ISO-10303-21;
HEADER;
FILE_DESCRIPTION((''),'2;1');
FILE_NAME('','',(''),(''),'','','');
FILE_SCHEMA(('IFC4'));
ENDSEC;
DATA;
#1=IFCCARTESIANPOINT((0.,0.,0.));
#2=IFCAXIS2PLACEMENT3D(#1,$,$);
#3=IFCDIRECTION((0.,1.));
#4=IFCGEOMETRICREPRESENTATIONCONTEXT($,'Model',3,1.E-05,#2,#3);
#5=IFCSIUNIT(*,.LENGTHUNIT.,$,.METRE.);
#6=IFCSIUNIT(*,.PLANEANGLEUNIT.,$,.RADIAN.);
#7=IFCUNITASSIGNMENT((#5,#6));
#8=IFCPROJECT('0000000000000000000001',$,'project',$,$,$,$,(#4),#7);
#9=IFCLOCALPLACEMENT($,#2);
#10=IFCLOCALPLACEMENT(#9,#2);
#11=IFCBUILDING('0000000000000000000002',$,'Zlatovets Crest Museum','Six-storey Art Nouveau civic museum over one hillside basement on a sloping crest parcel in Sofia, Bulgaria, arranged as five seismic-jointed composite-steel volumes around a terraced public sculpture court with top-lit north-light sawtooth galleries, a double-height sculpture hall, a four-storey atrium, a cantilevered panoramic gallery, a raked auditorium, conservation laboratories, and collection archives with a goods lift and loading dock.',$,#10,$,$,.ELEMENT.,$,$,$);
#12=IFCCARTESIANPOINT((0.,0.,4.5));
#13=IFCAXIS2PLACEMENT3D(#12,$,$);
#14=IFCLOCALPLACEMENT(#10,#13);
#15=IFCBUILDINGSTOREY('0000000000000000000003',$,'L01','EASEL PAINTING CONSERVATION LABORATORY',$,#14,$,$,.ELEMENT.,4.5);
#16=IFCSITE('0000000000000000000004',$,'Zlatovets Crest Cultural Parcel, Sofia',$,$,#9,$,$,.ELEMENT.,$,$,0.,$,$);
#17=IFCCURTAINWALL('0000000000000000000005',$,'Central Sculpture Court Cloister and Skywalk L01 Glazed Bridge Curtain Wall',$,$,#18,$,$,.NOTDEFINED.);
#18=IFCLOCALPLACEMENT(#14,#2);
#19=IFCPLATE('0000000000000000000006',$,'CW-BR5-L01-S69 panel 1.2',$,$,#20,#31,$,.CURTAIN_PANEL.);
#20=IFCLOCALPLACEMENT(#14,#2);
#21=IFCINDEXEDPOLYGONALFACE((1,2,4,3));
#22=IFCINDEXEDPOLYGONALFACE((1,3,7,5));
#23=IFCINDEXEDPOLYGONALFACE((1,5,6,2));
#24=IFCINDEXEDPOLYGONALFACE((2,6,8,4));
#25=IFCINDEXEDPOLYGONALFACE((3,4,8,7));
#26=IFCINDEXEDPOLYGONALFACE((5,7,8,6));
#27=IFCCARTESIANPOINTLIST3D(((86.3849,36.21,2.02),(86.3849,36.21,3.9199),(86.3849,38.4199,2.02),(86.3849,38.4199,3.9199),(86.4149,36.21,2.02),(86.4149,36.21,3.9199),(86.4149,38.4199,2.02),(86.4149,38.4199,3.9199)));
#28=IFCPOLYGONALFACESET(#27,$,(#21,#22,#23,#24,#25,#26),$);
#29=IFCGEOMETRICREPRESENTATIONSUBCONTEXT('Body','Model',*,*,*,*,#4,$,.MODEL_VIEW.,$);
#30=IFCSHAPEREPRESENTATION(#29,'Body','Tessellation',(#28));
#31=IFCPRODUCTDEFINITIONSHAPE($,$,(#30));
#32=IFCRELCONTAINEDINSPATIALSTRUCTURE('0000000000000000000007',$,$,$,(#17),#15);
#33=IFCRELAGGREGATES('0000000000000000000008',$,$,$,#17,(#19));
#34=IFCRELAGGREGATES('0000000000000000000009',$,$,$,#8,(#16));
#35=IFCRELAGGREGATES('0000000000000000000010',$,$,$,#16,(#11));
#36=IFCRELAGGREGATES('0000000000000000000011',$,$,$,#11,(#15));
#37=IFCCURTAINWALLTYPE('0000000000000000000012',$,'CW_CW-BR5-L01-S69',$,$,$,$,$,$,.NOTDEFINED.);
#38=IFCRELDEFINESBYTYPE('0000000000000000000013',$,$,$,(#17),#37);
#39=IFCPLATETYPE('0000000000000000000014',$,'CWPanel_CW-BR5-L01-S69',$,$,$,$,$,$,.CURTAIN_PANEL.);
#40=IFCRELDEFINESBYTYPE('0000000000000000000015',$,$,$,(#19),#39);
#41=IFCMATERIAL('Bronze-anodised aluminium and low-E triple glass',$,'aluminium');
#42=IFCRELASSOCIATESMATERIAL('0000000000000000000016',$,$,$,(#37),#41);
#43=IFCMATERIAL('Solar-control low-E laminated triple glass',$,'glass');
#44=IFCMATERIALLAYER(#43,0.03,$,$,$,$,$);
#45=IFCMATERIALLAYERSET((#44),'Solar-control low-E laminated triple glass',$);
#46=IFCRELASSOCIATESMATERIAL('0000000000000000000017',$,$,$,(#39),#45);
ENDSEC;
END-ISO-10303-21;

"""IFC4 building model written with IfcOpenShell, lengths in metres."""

from ifc_helpers import new_model, si_unit, direction, frame, origin, origin_2d, place, context, subcontext, project, spatial, rectangle, extrude, material, layer, layer_set, type_object, element, aggregate, save


model = new_model("IFC4")

# Units and contexts
model_context = context("Model", 3, precision=1e-05, world=origin(), true_north=direction((0.0, 1.0)))
body_context = subcontext(model_context, "Body", "Model", "MODEL_VIEW")
ifc_project = project(units=[si_unit("LENGTHUNIT", "METRE"), si_unit("PLANEANGLEUNIT", "RADIAN")], contexts=[model_context])

# Site, building, storey
site_placement = place(None, origin())
site = spatial("IfcSite", under=ifc_project, at=site_placement, Name="Zlatovets Crest Cultural Parcel, Sofia", CompositionType="ELEMENT", RefElevation=0.0)
building_placement = place(site_placement, origin())
building = spatial("IfcBuilding", under=site, at=building_placement, Name="Zlatovets Crest Museum", Description="Six-storey Art Nouveau civic museum over one hillside basement on a sloping crest parcel in Sofia, Bulgaria, arranged as five seismic-jointed composite-steel volumes around a terraced public sculpture court with top-lit north-light sawtooth galleries, a double-height sculpture hall, a four-storey atrium, a cantilevered panoramic gallery, a raked auditorium, conservation laboratories, and collection archives with a goods lift and loading dock.", CompositionType="ELEMENT")
storey_placement = place(building_placement, frame((0.0, 0.0, 4.5)))
storey = spatial("IfcBuildingStorey", under=building, at=storey_placement, Name="L01", Description="EASEL PAINTING CONSERVATION LABORATORY", CompositionType="ELEMENT", Elevation=4.5)

# Curtain wall
ifc_material_1 = material(Name="Bronze-anodised aluminium and low-E triple glass", Category="aluminium")
curtain_wall_type = type_object("IfcCurtainWallType", Name="CW_CW-BR5-L01-S69", PredefinedType="NOTDEFINED", material=ifc_material_1)
curtain_wall_1_placement = place(storey_placement, origin())
curtain_wall_1 = element("IfcCurtainWall", 1, at=curtain_wall_1_placement, inside=storey, type_object=curtain_wall_type, Name="Central Sculpture Court Cloister and Skywalk L01 Glazed Bridge Curtain Wall", PredefinedType="NOTDEFINED")

# Plate
ifc_material_2 = material(Name="Solar-control low-E laminated triple glass", Category="glass")
ifc_layer = layer(ifc_material_2, 0.03)
ifc_layer_set = layer_set([ifc_layer], Name="Solar-control low-E laminated triple glass")
plate_type = type_object("IfcPlateType", Name="CWPanel_CW-BR5-L01-S69", PredefinedType="CURTAIN_PANEL", material=ifc_layer_set)
plate_1_placement = place(storey_placement, frame((86.3999, 37.3149, 2.02), z_axis=(0.0, 0.0, 1.0), x_axis=(0.0, 1.0, 0.0)))
plate_1 = element("IfcPlate", 2, at=plate_1_placement, type_object=plate_type, Name="CW-BR5-L01-S69 panel 1.2", PredefinedType="CURTAIN_PANEL", context=body_context, shape_type="SweptSolid", body=[
    extrude(rectangle(XDim=2.21, YDim=0.03, at=origin_2d()), origin(), (0.0, 0.0, 1.0), 1.8999),
])
aggregate(curtain_wall_1, [plate_1])

save(model, "model.ifc")
